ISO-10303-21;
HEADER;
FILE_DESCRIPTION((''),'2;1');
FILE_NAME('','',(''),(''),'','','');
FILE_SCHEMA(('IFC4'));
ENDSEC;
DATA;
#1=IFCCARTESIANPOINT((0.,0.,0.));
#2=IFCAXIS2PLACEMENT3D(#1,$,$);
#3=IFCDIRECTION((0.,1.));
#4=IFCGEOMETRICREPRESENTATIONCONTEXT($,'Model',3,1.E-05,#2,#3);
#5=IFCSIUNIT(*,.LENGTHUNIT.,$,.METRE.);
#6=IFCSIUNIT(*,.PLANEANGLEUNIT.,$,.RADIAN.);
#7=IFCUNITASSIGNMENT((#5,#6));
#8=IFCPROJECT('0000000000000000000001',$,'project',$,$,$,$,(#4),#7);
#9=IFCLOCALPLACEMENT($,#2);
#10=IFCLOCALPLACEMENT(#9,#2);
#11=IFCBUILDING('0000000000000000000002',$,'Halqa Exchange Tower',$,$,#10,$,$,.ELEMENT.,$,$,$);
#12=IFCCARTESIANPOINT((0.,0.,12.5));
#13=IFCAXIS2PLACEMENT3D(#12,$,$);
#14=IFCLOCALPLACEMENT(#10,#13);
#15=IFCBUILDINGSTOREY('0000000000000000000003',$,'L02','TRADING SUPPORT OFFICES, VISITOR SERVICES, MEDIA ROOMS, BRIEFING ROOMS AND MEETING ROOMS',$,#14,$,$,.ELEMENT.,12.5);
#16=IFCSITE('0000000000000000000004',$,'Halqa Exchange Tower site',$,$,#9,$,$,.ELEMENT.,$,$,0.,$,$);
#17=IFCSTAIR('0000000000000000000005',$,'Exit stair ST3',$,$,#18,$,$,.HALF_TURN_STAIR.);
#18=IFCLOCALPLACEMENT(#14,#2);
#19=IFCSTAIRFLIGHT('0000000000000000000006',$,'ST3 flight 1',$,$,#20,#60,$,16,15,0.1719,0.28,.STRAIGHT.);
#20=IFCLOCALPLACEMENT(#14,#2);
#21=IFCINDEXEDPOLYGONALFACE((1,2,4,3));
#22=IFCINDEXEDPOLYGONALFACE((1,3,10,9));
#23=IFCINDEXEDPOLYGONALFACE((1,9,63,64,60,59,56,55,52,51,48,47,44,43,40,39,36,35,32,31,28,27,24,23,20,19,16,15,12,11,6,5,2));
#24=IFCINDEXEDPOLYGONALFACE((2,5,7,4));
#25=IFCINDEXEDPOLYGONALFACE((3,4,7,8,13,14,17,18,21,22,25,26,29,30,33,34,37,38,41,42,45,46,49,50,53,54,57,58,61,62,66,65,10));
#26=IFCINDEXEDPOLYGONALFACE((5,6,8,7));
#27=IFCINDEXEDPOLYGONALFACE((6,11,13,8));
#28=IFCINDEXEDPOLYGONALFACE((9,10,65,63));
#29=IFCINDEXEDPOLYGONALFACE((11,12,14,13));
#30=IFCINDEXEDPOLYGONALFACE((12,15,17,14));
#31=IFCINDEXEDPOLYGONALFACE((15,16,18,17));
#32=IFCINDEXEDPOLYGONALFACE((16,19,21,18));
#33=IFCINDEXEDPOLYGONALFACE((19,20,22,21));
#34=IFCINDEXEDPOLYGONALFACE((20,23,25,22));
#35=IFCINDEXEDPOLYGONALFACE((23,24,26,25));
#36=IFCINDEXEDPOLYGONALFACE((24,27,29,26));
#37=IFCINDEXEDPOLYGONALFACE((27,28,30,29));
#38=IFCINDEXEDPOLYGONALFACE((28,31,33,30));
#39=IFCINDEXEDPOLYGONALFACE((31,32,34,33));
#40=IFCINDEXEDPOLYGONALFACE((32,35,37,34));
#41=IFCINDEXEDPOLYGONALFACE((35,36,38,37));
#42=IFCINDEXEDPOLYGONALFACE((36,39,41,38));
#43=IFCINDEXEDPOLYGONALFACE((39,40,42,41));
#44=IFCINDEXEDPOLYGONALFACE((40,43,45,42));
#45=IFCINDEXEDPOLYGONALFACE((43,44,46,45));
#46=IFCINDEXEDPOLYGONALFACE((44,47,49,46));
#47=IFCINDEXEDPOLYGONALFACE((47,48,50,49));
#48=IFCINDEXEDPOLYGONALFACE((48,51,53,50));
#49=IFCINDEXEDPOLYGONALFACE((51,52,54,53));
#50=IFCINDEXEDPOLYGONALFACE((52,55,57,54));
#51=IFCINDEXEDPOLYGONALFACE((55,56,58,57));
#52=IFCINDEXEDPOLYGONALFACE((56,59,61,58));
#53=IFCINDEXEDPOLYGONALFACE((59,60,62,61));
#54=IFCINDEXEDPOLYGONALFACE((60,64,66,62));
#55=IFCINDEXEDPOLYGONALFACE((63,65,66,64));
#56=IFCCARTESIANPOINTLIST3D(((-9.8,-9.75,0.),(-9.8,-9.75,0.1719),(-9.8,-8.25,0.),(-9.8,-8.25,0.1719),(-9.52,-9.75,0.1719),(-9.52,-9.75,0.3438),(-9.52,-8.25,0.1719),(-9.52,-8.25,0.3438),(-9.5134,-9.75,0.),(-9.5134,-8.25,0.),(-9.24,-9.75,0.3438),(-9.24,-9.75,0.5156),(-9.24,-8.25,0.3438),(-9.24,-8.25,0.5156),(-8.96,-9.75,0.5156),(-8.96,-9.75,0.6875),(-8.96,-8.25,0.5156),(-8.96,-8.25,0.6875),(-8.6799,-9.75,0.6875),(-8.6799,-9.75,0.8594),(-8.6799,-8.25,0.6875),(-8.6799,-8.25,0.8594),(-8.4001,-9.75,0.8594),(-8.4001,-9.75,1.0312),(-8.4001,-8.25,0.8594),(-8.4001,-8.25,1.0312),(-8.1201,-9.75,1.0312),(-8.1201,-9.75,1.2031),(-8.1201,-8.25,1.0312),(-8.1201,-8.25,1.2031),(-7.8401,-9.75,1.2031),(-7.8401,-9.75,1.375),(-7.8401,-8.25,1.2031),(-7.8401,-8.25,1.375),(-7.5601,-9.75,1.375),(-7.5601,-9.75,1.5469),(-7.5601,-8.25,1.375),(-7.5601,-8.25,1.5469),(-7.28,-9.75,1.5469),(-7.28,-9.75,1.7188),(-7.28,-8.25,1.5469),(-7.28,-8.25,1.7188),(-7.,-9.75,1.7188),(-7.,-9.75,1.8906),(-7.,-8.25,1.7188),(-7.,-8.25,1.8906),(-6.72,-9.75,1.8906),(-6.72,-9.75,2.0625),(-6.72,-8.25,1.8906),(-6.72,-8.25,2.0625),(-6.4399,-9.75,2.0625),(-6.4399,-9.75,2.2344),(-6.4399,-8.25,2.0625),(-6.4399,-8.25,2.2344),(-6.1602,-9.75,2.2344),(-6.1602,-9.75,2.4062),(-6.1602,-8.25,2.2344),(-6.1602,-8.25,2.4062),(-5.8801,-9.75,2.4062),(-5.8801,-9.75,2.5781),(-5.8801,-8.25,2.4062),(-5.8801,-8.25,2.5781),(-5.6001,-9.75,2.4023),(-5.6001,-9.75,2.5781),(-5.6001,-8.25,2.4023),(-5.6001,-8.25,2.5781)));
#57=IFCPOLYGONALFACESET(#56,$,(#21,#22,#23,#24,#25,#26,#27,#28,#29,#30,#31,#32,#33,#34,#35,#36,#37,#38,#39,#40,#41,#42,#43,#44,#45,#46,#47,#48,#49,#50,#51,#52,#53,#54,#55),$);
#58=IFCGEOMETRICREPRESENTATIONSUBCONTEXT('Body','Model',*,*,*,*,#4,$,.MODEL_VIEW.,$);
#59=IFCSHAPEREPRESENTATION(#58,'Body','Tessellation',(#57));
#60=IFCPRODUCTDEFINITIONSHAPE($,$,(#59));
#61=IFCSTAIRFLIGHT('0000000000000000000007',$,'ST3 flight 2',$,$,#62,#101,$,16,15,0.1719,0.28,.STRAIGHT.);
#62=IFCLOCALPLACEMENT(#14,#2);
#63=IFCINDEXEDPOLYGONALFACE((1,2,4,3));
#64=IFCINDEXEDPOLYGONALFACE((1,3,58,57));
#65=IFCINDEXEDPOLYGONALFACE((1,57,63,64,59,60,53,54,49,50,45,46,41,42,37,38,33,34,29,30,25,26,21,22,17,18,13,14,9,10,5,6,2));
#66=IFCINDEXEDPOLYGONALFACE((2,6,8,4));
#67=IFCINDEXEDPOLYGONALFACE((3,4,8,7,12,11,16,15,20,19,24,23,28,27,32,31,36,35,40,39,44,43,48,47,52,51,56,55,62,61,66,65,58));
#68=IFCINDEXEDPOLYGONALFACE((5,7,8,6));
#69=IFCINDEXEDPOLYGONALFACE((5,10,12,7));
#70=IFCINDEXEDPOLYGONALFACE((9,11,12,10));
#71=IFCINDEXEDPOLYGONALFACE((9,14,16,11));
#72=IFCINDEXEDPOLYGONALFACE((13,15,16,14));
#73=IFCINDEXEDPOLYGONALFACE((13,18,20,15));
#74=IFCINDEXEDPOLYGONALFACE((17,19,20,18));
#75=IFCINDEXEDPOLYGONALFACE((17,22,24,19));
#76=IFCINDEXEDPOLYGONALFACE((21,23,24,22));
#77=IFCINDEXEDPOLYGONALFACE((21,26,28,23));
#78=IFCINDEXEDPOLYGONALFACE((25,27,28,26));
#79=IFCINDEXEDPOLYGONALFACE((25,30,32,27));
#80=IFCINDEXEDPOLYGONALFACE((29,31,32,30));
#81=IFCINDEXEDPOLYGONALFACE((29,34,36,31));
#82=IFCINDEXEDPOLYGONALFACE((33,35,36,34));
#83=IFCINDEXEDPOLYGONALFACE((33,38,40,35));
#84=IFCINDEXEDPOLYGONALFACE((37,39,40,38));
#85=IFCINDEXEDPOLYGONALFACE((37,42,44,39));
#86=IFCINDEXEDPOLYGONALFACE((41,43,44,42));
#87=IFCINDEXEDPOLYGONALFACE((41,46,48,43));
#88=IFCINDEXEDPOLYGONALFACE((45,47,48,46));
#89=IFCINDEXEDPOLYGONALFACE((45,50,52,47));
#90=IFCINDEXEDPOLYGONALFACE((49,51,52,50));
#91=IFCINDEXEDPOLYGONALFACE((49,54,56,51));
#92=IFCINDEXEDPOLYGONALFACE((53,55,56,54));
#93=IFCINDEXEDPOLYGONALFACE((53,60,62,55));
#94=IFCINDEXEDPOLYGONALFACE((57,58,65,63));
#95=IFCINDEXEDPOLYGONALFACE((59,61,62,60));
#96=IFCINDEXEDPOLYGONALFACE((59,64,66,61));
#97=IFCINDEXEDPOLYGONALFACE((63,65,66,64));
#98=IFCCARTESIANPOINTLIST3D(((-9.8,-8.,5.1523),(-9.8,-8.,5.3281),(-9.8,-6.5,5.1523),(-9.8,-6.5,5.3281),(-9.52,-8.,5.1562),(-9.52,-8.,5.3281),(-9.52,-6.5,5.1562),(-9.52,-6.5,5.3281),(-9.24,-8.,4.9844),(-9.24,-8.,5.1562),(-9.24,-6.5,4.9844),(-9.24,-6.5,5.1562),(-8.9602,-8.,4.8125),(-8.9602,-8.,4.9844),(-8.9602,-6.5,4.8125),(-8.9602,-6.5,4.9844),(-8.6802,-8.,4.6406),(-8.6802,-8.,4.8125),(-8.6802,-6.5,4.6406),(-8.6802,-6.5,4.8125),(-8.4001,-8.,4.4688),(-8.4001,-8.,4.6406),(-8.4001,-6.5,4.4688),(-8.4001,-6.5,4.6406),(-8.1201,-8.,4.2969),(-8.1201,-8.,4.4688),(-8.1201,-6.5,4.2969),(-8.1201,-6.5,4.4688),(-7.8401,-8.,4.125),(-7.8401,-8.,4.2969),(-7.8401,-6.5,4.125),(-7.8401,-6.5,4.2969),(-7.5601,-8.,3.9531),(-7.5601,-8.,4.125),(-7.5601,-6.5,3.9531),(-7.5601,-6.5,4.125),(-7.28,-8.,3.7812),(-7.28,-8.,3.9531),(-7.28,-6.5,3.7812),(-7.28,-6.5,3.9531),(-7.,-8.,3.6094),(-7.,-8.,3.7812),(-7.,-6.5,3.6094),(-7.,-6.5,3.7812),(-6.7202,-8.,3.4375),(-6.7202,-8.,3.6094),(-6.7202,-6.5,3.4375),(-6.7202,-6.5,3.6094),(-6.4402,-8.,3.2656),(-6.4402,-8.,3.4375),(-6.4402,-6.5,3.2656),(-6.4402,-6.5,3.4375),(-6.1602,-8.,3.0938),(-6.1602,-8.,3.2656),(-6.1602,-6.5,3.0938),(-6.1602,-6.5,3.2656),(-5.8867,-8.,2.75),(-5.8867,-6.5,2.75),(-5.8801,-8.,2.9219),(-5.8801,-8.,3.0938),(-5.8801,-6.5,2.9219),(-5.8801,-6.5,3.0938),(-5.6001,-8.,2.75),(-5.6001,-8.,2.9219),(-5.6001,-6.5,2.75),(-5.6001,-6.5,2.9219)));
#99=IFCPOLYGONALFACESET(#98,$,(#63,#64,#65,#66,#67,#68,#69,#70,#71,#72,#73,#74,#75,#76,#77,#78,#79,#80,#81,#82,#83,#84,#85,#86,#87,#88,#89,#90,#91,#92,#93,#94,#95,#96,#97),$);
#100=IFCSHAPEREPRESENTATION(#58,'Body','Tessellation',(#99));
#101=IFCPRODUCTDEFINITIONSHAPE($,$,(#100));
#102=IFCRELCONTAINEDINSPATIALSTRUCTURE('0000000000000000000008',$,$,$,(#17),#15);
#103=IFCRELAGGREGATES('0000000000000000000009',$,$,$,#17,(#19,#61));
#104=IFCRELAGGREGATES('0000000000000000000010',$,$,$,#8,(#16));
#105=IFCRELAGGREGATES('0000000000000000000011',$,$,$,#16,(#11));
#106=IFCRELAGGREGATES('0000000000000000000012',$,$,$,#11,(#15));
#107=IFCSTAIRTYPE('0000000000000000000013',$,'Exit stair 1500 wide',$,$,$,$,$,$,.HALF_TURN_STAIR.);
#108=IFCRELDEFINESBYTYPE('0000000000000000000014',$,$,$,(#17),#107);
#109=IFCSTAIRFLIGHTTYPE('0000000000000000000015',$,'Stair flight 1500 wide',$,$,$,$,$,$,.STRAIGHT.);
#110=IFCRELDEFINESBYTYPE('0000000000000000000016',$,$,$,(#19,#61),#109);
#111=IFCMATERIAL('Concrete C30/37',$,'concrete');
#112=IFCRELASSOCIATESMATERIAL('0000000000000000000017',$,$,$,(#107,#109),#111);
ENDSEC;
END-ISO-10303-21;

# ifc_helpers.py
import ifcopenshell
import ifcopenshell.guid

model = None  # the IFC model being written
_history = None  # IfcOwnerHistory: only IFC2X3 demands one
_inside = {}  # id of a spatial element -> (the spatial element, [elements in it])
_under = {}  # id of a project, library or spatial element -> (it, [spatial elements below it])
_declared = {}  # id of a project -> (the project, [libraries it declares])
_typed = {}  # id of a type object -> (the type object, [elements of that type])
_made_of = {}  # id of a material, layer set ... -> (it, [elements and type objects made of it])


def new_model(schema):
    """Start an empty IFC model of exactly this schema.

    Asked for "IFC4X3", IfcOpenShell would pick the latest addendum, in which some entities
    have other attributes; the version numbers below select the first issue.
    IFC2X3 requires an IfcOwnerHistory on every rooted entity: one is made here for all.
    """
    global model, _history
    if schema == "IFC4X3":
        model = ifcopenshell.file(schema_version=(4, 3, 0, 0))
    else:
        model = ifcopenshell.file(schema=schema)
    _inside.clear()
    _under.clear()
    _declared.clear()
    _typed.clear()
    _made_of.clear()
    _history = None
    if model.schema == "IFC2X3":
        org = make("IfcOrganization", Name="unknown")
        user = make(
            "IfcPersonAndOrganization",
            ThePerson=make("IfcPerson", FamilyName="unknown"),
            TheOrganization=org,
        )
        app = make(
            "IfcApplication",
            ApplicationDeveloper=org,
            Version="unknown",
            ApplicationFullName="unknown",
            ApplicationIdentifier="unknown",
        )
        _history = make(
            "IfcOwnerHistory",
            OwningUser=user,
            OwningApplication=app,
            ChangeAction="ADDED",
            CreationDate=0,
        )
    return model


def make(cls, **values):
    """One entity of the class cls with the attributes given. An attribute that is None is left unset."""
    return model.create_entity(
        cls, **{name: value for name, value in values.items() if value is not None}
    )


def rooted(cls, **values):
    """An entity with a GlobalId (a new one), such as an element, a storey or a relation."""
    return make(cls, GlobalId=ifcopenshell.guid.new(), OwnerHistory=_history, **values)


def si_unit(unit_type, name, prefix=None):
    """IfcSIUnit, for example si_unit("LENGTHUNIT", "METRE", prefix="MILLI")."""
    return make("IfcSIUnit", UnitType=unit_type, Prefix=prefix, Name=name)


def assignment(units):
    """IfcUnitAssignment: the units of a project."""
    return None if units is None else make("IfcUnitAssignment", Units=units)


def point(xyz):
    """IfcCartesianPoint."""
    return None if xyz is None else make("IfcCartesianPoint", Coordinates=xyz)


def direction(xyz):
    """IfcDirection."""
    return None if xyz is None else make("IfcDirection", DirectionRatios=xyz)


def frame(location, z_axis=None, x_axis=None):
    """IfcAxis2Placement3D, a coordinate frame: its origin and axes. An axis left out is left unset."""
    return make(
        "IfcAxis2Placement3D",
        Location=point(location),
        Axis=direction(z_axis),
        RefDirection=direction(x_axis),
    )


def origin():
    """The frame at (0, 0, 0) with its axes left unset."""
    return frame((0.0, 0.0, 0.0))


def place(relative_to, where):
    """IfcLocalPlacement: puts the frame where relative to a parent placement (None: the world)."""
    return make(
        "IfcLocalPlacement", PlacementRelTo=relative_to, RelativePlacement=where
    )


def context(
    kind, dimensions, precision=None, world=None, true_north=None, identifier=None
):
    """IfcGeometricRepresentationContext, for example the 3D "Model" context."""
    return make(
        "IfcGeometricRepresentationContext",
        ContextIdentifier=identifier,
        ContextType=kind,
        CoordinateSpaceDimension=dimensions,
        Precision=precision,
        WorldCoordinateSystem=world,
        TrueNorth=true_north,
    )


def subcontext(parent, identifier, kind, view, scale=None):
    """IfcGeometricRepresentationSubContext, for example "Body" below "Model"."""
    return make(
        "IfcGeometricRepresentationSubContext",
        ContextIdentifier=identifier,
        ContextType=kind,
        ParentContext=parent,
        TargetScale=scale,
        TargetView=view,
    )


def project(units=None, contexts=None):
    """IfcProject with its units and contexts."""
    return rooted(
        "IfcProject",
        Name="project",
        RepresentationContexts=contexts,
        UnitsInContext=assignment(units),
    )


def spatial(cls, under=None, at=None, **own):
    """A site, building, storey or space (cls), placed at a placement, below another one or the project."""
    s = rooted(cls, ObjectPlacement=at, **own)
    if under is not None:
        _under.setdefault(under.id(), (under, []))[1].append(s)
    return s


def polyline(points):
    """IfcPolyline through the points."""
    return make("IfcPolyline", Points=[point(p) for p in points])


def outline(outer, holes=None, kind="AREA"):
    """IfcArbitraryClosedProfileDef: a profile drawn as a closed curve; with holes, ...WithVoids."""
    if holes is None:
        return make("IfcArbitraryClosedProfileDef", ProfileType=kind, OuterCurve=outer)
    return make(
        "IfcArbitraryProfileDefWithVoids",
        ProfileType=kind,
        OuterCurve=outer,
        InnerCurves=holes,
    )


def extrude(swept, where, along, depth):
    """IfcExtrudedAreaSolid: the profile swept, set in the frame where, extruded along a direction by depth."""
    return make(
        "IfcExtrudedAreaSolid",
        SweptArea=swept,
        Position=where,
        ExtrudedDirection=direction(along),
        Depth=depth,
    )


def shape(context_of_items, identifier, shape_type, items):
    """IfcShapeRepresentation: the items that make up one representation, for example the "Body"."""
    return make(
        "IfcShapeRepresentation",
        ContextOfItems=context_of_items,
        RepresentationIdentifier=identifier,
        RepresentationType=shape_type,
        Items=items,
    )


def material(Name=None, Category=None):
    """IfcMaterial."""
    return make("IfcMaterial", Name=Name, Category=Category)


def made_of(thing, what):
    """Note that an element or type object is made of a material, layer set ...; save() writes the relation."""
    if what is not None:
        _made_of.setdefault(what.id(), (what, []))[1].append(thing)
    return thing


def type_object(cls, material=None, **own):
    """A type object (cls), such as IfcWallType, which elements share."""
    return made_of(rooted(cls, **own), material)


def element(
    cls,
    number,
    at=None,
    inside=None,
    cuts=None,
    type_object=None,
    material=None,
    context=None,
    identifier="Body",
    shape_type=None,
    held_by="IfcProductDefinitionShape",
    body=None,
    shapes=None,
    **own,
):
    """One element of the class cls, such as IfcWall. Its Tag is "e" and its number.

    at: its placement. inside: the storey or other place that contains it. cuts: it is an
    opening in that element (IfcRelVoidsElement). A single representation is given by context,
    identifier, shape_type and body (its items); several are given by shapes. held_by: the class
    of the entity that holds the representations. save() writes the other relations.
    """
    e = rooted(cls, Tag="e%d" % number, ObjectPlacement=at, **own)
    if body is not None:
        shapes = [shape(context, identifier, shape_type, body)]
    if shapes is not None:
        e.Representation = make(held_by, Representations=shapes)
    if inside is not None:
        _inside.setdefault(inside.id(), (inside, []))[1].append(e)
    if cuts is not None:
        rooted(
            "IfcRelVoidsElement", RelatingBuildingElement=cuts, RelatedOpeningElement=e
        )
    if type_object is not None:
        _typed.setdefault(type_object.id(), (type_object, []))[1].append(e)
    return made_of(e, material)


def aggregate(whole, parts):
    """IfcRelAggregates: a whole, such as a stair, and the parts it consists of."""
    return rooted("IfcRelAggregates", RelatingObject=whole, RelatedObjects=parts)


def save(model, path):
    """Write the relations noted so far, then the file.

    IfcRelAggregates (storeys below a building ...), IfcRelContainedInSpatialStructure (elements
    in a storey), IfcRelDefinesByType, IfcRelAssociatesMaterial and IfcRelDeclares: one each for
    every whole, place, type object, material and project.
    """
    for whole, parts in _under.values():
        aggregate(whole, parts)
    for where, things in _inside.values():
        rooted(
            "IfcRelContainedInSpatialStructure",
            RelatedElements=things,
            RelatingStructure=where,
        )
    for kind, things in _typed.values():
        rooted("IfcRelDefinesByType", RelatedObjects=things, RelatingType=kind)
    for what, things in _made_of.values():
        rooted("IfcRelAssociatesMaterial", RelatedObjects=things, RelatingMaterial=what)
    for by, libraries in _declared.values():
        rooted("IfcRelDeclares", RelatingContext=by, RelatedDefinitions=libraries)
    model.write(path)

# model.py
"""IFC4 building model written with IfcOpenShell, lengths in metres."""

from ifc_helpers import new_model, si_unit, direction, frame, origin, place, context, subcontext, project, spatial, polyline, outline, extrude, material, type_object, element, aggregate, save


model = new_model("IFC4")

# Units and contexts
model_context = context("Model", 3, precision=1e-05, world=origin(), true_north=direction((0.0, 1.0)))
body_context = subcontext(model_context, "Body", "Model", "MODEL_VIEW")
ifc_project = project(units=[si_unit("LENGTHUNIT", "METRE"), si_unit("PLANEANGLEUNIT", "RADIAN")], contexts=[model_context])

# Site, building, storey
site_placement = place(None, origin())
site = spatial("IfcSite", under=ifc_project, at=site_placement, Name="Halqa Exchange Tower site", CompositionType="ELEMENT", RefElevation=0.0)
building_placement = place(site_placement, origin())
building = spatial("IfcBuilding", under=site, at=building_placement, Name="Halqa Exchange Tower", CompositionType="ELEMENT")
storey_placement = place(building_placement, frame((0.0, 0.0, 12.5)))
storey = spatial("IfcBuildingStorey", under=building, at=storey_placement, Name="L02", Description="TRADING SUPPORT OFFICES, VISITOR SERVICES, MEDIA ROOMS, BRIEFING ROOMS AND MEETING ROOMS", CompositionType="ELEMENT", Elevation=12.5)

# Stair, stair flights
ifc_material_1 = material(Name="Concrete C30/37", Category="concrete")
stair_type = type_object("IfcStairType", Name="Exit stair 1500 wide", PredefinedType="HALF_TURN_STAIR", material=ifc_material_1)
stair_placement = place(storey_placement, origin())
stair = element("IfcStair", 1, at=stair_placement, inside=storey, type_object=stair_type, Name="Exit stair ST3", PredefinedType="HALF_TURN_STAIR")
stair_flight_type = type_object("IfcStairFlightType", Name="Stair flight 1500 wide", PredefinedType="STRAIGHT", material=ifc_material_1)
stair_flight_1_placement = place(storey_placement, frame((-9.8, -9.0, 0.0), z_axis=(0.0, 0.0, 1.0), x_axis=(1.0, 0.0, 0.0)))
stair_flight_1 = element("IfcStairFlight", 2, at=stair_flight_1_placement, type_object=stair_flight_type, Name="ST3 flight 1", NumberOfRisers=16, NumberOfTreads=15, PredefinedType="STRAIGHT", RiserHeight=0.1719, TreadLength=0.28, context=body_context, shape_type="SweptSolid", body=[
    extrude(outline(polyline([(0.0, 0.0), (0.0, 0.1719), (0.28, 0.1719), (0.28, 0.3438), (0.5601, 0.3438), (0.5601, 0.5156), (0.8401, 0.5156), (0.8401, 0.6875), (1.1201, 0.6875), (1.1201, 0.8594), (1.3999, 0.8594), (1.3999, 1.0312), (1.6799, 1.0312), (1.6799, 1.2031), (1.96, 1.2031), (1.96, 1.375), (2.24, 1.375), (2.24, 1.5469), (2.52, 1.5469), (2.52, 1.7188), (2.8, 1.7188), (2.8, 1.8906), (3.0801, 1.8906), (3.0801, 2.0625), (3.3601, 2.0625), (3.3601, 2.2344), (3.6399, 2.2344), (3.6399, 2.4062), (3.9199, 2.4062), (3.9199, 2.5781), (4.2, 2.5781), (4.2, 2.75), (4.2, 2.4023), (0.2866, 0.0), (0.0, 0.0)])), frame((0.0, 0.75, 0.0), z_axis=(0.0, -1.0, 0.0), x_axis=(1.0, 0.0, 0.0)), (0.0, 0.0, 1.0), 1.5),
])
stair_flight_2_placement = place(storey_placement, frame((-5.6001, -7.25, 2.75), z_axis=(0.0, 0.0, 1.0), x_axis=(-1.0, 0.0, 0.0)))
stair_flight_2 = element("IfcStairFlight", 3, at=stair_flight_2_placement, type_object=stair_flight_type, Name="ST3 flight 2", NumberOfRisers=16, NumberOfTreads=15, PredefinedType="STRAIGHT", RiserHeight=0.1719, TreadLength=0.28, context=body_context, shape_type="SweptSolid", body=[
    extrude(outline(polyline([(0.0, 0.0), (0.0, 0.1719), (0.28, 0.1719), (0.28, 0.3438), (0.5601, 0.3438), (0.5601, 0.5156), (0.8401, 0.5156), (0.8401, 0.6875), (1.1201, 0.6875), (1.1201, 0.8594), (1.3999, 0.8594), (1.3999, 1.0312), (1.6799, 1.0312), (1.6799, 1.2031), (1.96, 1.2031), (1.96, 1.375), (2.24, 1.375), (2.24, 1.5469), (2.52, 1.5469), (2.52, 1.7188), (2.8, 1.7188), (2.8, 1.8906), (3.0801, 1.8906), (3.0801, 2.0625), (3.3601, 2.0625), (3.3601, 2.2344), (3.6399, 2.2344), (3.6399, 2.4062), (3.9199, 2.4062), (3.9199, 2.5781), (4.2, 2.5781), (4.2, 2.75), (4.2, 2.4023), (0.2866, 0.0), (0.0, 0.0)])), frame((0.0, 0.75, 0.0), z_axis=(0.0, -1.0, 0.0), x_axis=(1.0, 0.0, 0.0)), (0.0, 0.0, 1.0), 1.5),
])
aggregate(stair, [stair_flight_1, stair_flight_2])

save(model, "model.ifc")
